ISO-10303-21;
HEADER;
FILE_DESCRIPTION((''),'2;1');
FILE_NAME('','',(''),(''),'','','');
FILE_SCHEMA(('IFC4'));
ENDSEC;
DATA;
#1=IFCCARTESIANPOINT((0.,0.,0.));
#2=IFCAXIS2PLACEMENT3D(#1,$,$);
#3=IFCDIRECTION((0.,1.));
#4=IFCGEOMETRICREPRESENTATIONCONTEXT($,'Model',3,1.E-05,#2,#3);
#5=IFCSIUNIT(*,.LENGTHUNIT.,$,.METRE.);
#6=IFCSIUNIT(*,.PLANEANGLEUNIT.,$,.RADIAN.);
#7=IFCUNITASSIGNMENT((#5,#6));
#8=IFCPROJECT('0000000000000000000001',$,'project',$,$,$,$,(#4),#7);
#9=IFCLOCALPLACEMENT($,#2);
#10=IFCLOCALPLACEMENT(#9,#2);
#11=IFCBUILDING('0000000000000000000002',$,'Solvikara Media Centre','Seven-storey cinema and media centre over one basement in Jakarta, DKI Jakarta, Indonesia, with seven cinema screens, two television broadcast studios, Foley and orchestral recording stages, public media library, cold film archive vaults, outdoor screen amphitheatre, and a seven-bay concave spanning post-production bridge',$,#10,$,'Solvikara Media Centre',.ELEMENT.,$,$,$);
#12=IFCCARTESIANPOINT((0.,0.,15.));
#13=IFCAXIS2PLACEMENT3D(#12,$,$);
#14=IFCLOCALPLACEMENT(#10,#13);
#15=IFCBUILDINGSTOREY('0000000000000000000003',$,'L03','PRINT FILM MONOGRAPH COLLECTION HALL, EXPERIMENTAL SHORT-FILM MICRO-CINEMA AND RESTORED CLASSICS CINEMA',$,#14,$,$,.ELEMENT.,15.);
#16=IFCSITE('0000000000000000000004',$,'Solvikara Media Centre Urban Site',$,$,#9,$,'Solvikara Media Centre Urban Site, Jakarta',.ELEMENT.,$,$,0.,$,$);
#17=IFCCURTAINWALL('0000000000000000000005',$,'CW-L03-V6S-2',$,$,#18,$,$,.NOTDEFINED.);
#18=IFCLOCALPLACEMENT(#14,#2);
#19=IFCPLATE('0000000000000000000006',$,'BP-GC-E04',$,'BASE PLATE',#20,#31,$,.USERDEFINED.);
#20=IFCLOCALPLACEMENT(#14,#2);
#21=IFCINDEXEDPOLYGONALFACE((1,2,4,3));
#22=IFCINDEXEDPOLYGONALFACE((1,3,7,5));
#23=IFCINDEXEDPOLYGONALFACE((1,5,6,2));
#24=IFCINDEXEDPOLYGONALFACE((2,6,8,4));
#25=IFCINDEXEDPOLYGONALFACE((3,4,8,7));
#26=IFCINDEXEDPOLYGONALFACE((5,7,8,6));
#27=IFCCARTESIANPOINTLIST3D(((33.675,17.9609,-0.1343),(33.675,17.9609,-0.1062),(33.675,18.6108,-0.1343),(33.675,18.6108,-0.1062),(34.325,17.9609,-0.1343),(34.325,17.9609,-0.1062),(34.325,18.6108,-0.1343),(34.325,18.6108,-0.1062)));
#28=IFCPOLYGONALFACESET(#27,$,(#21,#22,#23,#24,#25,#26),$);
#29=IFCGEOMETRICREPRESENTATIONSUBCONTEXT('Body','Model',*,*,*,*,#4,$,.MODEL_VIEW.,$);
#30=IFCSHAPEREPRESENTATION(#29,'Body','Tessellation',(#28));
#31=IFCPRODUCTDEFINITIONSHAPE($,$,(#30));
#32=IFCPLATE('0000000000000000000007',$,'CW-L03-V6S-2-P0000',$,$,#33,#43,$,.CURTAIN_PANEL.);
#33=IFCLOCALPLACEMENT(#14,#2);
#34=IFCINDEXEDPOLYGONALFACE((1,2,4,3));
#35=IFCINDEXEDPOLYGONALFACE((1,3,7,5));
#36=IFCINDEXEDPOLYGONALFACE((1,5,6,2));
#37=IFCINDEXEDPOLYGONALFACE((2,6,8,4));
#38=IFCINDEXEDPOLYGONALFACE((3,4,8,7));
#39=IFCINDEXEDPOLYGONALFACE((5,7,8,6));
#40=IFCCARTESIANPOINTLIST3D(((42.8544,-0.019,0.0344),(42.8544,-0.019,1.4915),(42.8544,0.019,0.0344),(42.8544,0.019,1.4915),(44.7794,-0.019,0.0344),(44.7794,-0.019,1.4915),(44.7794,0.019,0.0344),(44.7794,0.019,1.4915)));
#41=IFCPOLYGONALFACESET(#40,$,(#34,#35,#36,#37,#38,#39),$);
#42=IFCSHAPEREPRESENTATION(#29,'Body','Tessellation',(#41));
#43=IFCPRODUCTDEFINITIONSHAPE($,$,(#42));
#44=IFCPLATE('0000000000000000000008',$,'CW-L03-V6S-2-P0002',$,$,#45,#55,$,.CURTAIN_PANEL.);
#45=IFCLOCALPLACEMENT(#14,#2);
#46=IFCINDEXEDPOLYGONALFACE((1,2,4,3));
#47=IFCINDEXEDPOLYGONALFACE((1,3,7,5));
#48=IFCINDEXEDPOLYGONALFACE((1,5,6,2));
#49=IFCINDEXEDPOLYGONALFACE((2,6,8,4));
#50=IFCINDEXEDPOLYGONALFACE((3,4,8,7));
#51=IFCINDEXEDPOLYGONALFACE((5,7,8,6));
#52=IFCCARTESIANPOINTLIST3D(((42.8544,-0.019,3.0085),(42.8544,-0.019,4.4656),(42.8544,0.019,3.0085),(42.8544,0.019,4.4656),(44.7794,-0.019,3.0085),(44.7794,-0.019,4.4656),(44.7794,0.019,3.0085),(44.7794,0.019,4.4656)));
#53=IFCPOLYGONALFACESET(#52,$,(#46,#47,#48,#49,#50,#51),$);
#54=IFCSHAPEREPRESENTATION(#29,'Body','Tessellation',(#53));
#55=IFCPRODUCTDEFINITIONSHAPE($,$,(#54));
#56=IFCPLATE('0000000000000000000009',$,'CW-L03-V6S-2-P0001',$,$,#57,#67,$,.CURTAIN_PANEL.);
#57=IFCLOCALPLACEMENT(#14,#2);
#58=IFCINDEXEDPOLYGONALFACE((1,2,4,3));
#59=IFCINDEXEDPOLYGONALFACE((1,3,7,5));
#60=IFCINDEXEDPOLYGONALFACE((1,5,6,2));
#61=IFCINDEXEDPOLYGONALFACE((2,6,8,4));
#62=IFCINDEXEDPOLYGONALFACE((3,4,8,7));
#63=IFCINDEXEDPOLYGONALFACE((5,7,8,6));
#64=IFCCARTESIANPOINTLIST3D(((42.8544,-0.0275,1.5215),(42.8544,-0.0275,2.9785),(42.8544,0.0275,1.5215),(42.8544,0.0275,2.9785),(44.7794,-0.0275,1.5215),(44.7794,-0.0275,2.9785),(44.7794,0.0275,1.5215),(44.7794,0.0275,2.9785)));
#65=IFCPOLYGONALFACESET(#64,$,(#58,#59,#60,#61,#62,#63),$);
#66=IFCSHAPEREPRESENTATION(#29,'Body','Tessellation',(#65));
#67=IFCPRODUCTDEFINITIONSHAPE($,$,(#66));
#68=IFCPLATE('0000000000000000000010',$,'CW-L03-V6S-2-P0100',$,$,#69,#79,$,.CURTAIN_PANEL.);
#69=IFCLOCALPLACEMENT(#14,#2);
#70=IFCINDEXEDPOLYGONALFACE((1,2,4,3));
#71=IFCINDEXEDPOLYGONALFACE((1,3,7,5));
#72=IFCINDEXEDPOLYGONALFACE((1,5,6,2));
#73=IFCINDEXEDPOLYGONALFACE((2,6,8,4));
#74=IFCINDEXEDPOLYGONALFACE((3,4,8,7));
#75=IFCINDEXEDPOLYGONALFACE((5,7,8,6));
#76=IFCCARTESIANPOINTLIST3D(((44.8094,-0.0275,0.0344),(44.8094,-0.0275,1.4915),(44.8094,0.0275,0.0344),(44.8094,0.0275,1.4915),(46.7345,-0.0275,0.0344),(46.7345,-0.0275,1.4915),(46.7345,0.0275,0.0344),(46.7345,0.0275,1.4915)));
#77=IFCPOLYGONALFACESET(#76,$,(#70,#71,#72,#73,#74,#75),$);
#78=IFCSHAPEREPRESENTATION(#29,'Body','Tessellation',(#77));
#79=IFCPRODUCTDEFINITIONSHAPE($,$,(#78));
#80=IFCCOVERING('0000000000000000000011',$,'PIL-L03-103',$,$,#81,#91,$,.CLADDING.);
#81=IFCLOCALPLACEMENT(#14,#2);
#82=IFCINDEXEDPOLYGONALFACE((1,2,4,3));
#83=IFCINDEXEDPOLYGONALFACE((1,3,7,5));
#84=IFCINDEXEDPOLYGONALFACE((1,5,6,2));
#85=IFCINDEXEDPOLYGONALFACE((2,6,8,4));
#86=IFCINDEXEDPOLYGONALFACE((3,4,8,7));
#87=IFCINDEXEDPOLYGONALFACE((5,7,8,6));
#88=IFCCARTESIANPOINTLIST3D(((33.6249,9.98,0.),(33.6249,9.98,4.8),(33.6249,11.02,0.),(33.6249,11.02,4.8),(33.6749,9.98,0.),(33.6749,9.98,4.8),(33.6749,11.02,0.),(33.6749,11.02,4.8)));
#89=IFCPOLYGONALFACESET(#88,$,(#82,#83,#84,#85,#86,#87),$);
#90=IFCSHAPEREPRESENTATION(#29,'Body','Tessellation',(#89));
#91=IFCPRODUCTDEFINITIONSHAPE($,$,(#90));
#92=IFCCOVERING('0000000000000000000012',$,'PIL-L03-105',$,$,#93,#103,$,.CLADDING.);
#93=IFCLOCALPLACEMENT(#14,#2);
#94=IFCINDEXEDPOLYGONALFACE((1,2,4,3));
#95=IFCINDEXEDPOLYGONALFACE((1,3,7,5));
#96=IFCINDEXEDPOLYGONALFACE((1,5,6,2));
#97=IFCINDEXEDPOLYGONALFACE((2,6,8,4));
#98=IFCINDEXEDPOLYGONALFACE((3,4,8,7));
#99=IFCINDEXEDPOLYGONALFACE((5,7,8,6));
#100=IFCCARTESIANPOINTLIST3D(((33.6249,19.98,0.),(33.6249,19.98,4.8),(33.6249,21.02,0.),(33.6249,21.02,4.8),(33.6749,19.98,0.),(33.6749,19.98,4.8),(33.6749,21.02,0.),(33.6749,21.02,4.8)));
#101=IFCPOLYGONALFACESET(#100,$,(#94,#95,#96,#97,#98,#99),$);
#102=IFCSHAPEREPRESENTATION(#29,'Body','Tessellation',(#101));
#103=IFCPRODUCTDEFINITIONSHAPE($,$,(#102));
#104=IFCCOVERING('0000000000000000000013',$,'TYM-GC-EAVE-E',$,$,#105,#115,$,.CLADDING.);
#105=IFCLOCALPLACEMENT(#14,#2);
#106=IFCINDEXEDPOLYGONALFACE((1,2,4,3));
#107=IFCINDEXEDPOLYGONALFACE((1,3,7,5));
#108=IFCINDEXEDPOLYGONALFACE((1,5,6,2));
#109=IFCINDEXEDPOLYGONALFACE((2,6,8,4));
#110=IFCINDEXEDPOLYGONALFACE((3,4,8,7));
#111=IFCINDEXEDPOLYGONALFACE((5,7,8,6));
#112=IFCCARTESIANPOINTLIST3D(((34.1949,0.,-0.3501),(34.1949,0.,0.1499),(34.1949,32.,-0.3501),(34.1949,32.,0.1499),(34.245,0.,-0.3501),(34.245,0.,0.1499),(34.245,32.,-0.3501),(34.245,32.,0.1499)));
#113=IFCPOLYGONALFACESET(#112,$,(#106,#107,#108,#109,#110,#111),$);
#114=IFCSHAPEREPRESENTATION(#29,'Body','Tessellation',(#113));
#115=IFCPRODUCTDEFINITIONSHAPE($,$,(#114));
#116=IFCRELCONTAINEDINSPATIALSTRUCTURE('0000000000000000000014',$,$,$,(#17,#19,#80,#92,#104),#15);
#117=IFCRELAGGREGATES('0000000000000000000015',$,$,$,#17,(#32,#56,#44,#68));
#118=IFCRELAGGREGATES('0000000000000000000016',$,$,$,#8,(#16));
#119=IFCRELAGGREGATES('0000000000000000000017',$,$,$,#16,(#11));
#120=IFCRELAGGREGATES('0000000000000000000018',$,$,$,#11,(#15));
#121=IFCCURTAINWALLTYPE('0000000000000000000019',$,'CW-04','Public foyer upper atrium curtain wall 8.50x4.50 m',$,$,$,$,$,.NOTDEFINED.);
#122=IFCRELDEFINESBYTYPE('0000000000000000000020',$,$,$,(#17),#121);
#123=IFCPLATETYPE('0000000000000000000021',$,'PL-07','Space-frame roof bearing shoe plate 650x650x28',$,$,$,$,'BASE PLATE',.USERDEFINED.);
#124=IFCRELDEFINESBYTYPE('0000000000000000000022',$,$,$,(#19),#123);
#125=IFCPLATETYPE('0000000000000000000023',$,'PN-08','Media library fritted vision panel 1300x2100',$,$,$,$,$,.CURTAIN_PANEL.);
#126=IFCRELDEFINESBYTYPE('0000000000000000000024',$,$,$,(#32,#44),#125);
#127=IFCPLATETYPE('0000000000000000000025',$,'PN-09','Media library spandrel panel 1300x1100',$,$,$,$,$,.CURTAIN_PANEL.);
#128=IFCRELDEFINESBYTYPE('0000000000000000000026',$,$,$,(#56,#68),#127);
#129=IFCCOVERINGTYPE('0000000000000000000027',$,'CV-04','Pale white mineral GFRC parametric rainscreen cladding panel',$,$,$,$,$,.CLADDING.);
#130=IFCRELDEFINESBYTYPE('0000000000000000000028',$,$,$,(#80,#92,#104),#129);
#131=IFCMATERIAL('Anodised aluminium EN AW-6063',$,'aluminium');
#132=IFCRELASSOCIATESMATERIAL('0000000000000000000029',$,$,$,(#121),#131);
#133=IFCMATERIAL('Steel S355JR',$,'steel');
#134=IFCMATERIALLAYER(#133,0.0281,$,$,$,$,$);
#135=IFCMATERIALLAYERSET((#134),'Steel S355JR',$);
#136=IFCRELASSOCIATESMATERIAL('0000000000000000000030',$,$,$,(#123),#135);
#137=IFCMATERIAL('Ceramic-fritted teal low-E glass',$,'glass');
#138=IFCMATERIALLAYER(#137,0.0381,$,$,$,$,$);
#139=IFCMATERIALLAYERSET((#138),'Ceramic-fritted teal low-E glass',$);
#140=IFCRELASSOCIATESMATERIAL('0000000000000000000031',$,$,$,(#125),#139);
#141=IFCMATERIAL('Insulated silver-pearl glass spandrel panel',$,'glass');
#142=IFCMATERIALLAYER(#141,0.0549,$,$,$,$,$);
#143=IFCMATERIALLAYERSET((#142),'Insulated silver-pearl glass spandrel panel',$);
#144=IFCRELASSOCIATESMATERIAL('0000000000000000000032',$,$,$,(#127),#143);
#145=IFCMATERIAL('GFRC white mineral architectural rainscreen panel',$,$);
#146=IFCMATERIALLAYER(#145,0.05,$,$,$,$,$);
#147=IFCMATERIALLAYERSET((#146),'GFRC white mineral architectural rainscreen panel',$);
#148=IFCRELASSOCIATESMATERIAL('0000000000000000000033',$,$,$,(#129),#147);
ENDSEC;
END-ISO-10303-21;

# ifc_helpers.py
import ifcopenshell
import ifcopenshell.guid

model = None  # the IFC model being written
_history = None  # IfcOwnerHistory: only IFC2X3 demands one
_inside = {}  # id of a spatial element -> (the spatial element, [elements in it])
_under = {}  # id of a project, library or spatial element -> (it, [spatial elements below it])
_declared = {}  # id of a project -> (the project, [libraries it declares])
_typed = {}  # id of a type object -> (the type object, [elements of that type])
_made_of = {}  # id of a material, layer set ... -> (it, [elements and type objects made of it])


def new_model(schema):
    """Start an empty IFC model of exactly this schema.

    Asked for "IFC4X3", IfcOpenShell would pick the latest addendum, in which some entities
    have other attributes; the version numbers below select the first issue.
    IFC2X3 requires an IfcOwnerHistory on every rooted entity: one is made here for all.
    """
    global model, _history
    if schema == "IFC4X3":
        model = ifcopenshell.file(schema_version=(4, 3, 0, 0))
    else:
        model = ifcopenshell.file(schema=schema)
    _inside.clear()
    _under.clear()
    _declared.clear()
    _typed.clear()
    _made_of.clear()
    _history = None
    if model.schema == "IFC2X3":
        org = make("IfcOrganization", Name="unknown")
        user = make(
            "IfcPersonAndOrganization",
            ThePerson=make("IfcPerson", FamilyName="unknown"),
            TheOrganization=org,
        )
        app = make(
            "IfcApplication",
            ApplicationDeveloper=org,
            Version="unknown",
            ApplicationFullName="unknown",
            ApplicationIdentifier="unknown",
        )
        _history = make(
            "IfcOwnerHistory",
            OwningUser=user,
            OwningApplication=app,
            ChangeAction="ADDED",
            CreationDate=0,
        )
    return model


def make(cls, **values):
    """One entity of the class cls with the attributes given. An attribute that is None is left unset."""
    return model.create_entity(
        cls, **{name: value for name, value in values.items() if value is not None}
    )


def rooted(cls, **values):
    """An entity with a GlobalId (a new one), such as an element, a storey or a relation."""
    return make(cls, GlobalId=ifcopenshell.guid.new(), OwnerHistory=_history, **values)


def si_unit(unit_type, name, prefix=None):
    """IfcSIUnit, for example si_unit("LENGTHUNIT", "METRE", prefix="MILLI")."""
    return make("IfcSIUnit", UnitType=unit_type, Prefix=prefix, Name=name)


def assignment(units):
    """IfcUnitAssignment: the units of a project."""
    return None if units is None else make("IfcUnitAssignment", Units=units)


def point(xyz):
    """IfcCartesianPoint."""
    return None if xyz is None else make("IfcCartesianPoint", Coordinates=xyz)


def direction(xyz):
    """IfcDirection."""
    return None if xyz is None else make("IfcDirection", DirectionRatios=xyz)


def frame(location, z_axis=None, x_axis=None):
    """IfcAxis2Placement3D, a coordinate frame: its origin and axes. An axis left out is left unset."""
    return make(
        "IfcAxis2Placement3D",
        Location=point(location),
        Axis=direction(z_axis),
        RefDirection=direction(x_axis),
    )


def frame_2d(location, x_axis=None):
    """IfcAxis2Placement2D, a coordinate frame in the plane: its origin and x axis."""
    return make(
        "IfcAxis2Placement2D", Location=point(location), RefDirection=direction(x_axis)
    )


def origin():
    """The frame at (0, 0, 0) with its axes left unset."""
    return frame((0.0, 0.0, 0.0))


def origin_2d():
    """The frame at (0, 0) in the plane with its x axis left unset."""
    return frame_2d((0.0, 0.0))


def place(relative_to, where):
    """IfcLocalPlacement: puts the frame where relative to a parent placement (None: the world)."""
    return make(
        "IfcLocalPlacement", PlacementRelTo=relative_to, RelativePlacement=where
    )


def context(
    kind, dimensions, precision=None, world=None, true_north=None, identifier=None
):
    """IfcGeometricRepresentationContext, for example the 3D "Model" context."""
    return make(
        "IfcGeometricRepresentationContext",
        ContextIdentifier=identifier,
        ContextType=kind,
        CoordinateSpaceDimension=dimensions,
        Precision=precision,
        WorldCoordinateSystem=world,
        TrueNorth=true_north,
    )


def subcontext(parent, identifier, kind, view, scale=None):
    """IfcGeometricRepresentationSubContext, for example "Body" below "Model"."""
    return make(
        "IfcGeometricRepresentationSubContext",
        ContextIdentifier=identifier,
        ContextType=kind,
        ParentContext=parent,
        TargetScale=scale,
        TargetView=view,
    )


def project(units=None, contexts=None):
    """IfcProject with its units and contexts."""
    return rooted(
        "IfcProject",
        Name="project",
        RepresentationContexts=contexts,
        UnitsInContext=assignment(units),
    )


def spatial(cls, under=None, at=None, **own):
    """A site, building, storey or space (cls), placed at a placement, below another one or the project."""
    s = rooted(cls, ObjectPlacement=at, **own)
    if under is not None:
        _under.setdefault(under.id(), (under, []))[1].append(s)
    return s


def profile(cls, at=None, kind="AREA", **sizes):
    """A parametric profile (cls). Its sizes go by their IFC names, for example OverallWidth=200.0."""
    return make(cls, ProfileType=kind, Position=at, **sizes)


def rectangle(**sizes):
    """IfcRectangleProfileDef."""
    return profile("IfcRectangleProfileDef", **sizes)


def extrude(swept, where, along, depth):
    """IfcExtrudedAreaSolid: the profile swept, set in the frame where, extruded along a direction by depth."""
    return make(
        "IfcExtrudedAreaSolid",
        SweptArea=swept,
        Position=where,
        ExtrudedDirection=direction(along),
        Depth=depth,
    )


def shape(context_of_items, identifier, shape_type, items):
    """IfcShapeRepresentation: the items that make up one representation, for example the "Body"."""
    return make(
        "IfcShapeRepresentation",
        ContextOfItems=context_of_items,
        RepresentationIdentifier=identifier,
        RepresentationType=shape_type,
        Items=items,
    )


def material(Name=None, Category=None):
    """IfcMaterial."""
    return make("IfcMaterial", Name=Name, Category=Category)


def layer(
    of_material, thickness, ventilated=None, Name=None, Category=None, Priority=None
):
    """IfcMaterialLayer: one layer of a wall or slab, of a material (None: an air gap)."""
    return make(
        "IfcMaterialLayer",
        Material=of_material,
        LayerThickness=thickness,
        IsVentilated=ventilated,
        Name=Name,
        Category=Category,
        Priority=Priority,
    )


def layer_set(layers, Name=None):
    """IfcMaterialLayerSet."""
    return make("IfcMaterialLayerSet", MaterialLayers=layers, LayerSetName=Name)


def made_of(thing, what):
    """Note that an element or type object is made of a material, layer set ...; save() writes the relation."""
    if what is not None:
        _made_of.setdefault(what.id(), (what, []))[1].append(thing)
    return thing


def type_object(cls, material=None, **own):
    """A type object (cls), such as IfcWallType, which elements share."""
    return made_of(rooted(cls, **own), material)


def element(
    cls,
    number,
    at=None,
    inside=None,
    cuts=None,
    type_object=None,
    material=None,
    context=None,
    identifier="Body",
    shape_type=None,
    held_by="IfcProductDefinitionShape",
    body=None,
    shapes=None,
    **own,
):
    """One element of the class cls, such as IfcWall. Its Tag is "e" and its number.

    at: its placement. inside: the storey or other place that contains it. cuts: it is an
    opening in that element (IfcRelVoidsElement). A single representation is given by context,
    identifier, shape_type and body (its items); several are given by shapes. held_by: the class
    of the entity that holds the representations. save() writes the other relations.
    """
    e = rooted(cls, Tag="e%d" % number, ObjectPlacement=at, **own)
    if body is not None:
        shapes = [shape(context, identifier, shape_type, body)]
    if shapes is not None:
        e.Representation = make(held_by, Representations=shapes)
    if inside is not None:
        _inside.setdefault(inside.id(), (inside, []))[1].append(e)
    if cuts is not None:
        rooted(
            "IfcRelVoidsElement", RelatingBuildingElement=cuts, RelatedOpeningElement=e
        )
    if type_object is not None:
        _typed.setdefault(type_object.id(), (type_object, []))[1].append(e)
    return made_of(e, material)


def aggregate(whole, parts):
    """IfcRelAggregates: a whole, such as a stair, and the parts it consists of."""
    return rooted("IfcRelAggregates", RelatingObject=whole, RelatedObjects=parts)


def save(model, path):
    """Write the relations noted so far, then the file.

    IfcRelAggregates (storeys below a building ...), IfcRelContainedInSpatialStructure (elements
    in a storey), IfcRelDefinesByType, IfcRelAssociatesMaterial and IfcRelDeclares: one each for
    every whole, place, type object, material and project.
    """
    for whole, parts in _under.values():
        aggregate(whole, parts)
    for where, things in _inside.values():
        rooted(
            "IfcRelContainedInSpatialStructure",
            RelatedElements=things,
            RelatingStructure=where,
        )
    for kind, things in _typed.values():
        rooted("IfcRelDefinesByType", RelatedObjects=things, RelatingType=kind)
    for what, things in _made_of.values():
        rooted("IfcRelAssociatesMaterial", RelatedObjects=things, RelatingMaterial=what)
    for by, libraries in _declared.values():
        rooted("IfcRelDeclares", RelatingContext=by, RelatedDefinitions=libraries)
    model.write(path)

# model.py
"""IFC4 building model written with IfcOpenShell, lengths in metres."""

from ifc_helpers import new_model, si_unit, direction, frame, origin, origin_2d, place, context, subcontext, project, spatial, rectangle, extrude, material, layer, layer_set, type_object, element, aggregate, save


model = new_model("IFC4")

# Units and contexts
model_context = context("Model", 3, precision=1e-05, world=origin(), true_north=direction((0.0, 1.0)))
body_context = subcontext(model_context, "Body", "Model", "MODEL_VIEW")
ifc_project = project(units=[si_unit("LENGTHUNIT", "METRE"), si_unit("PLANEANGLEUNIT", "RADIAN")], contexts=[model_context])

# Site, building, storey
site_placement = place(None, origin())
site = spatial("IfcSite", under=ifc_project, at=site_placement, Name="Solvikara Media Centre Urban Site", LongName="Solvikara Media Centre Urban Site, Jakarta", CompositionType="ELEMENT", RefElevation=0.0)
building_placement = place(site_placement, origin())
building = spatial("IfcBuilding", under=site, at=building_placement, Name="Solvikara Media Centre", Description="Seven-storey cinema and media centre over one basement in Jakarta, DKI Jakarta, Indonesia, with seven cinema screens, two television broadcast studios, Foley and orchestral recording stages, public media library, cold film archive vaults, outdoor screen amphitheatre, and a seven-bay concave spanning post-production bridge", LongName="Solvikara Media Centre", CompositionType="ELEMENT")
storey_placement = place(building_placement, frame((0.0, 0.0, 15.0)))
storey = spatial("IfcBuildingStorey", under=building, at=storey_placement, Name="L03", Description="PRINT FILM MONOGRAPH COLLECTION HALL, EXPERIMENTAL SHORT-FILM MICRO-CINEMA AND RESTORED CLASSICS CINEMA", CompositionType="ELEMENT", Elevation=15.0)

# Shared definitions
ifc_material_1 = material(Name="Steel S355JR", Category="steel")

# Curtain wall
ifc_material_2 = material(Name="Anodised aluminium EN AW-6063", Category="aluminium")
curtain_wall_type = type_object("IfcCurtainWallType", Name="CW-04", Description="Public foyer upper atrium curtain wall 8.50x4.50 m", PredefinedType="NOTDEFINED", material=ifc_material_2)
curtain_wall_placement = place(storey_placement, origin())
curtain_wall = element("IfcCurtainWall", 1, at=curtain_wall_placement, inside=storey, type_object=curtain_wall_type, Name="CW-L03-V6S-2", PredefinedType="NOTDEFINED")

# Plate
ifc_layer_1 = layer(ifc_material_1, 0.0281)
ifc_layer_set_1 = layer_set([ifc_layer_1], Name="Steel S355JR")
plate_type_1 = type_object("IfcPlateType", Name="PL-07", Description="Space-frame roof bearing shoe plate 650x650x28", ElementType="BASE PLATE", PredefinedType="USERDEFINED", material=ifc_layer_set_1)
for number, where, z_axis, x_axis, name in (
    (2, (34.0, 18.2859, -0.1343), (0.0, 0.0, 1.0), (1.0, 0.0, 0.0), "BP-GC-E04"),
):
    element("IfcPlate", number, at=place(storey_placement, frame(where, z_axis=z_axis, x_axis=x_axis)), inside=storey, type_object=plate_type_1, Name=name, ObjectType="BASE PLATE", PredefinedType="USERDEFINED", context=body_context, shape_type="SweptSolid", body=[
        extrude(rectangle(XDim=0.6499, YDim=0.6499, at=origin_2d()), origin(), (0.0, 0.0, 1.0), 0.0281),
    ])

# Plates
ifc_material_3 = material(Name="Ceramic-fritted teal low-E glass", Category="glass")
ifc_layer_2 = layer(ifc_material_3, 0.0381)
ifc_layer_set_2 = layer_set([ifc_layer_2], Name="Ceramic-fritted teal low-E glass")
plate_type_2 = type_object("IfcPlateType", Name="PN-08", Description="Media library fritted vision panel 1300x2100", PredefinedType="CURTAIN_PANEL", material=ifc_layer_set_2)
plate_1_placement = place(storey_placement, frame((43.8169, 0.0, 0.0344), z_axis=(0.0, 0.0, 1.0), x_axis=(1.0, 0.0, 0.0)))
plate_1 = element("IfcPlate", 3, at=plate_1_placement, type_object=plate_type_2, Name="CW-L03-V6S-2-P0000", PredefinedType="CURTAIN_PANEL", context=body_context, shape_type="SweptSolid", body=[
    extrude(rectangle(XDim=1.925, YDim=0.0381, at=origin_2d()), origin(), (0.0, 0.0, 1.0), 1.457),
])
plate_2_placement = place(storey_placement, frame((43.8169, 0.0, 3.0085), z_axis=(0.0, 0.0, 1.0), x_axis=(1.0, 0.0, 0.0)))
plate_2 = element("IfcPlate", 4, at=plate_2_placement, type_object=plate_type_2, Name="CW-L03-V6S-2-P0002", PredefinedType="CURTAIN_PANEL", context=body_context, shape_type="SweptSolid", body=[
    extrude(rectangle(XDim=1.925, YDim=0.0381, at=origin_2d()), origin(), (0.0, 0.0, 1.0), 1.457),
])
ifc_material_4 = material(Name="Insulated silver-pearl glass spandrel panel", Category="glass")
ifc_layer_3 = layer(ifc_material_4, 0.0549)
ifc_layer_set_3 = layer_set([ifc_layer_3], Name="Insulated silver-pearl glass spandrel panel")
plate_type_3 = type_object("IfcPlateType", Name="PN-09", Description="Media library spandrel panel 1300x1100", PredefinedType="CURTAIN_PANEL", material=ifc_layer_set_3)
plate_3_placement = place(storey_placement, frame((43.8169, 0.0, 1.5215), z_axis=(0.0, 0.0, 1.0), x_axis=(1.0, 0.0, 0.0)))
plate_3 = element("IfcPlate", 5, at=plate_3_placement, type_object=plate_type_3, Name="CW-L03-V6S-2-P0001", PredefinedType="CURTAIN_PANEL", context=body_context, shape_type="SweptSolid", body=[
    extrude(rectangle(XDim=1.925, YDim=0.0549, at=origin_2d()), origin(), (0.0, 0.0, 1.0), 1.457),
])
plate_4_placement = place(storey_placement, frame((45.772, 0.0, 0.0344), z_axis=(0.0, 0.0, 1.0), x_axis=(1.0, 0.0, 0.0)))
plate_4 = element("IfcPlate", 6, at=plate_4_placement, type_object=plate_type_3, Name="CW-L03-V6S-2-P0100", PredefinedType="CURTAIN_PANEL", context=body_context, shape_type="SweptSolid", body=[
    extrude(rectangle(XDim=1.925, YDim=0.0549, at=origin_2d()), origin(), (0.0, 0.0, 1.0), 1.457),
])
aggregate(curtain_wall, [plate_1, plate_3, plate_2, plate_4])

# Coverings
ifc_material_5 = material(Name="GFRC white mineral architectural rainscreen panel")
ifc_layer_4 = layer(ifc_material_5, 0.05)
ifc_layer_set_4 = layer_set([ifc_layer_4], Name="GFRC white mineral architectural rainscreen panel")
covering_type = type_object("IfcCoveringType", Name="CV-04", Description="Pale white mineral GFRC parametric rainscreen cladding panel", PredefinedType="CLADDING", material=ifc_layer_set_4)
for number, where, z_axis, x_axis, name in (
    (7, (33.6499, 10.5, 0.0), (0.0, 0.0, 1.0), (0.0, -1.0, 0.0), "PIL-L03-103"),
    (8, (33.6499, 20.5, 0.0), (0.0, 0.0, 1.0), (0.0, -1.0, 0.0), "PIL-L03-105"),
):
    element("IfcCovering", number, at=place(storey_placement, frame(where, z_axis=z_axis, x_axis=x_axis)), inside=storey, type_object=covering_type, Name=name, PredefinedType="CLADDING", context=body_context, shape_type="SweptSolid", body=[
        extrude(rectangle(XDim=1.04, YDim=0.05, at=origin_2d()), origin(), (0.0, 0.0, 1.0), 4.8),
    ])
covering_placement = place(storey_placement, frame((34.22, 16.0, -0.3501), z_axis=(0.0, 0.0, 1.0), x_axis=(0.0, 1.0, 0.0)))
element("IfcCovering", 9, at=covering_placement, inside=storey, type_object=covering_type, Name="TYM-GC-EAVE-E", PredefinedType="CLADDING", context=body_context, shape_type="SweptSolid", body=[
    extrude(rectangle(XDim=32.0, YDim=0.05, at=origin_2d()), origin(), (0.0, 0.0, 1.0), 0.5),
])

save(model, "model.ifc")
